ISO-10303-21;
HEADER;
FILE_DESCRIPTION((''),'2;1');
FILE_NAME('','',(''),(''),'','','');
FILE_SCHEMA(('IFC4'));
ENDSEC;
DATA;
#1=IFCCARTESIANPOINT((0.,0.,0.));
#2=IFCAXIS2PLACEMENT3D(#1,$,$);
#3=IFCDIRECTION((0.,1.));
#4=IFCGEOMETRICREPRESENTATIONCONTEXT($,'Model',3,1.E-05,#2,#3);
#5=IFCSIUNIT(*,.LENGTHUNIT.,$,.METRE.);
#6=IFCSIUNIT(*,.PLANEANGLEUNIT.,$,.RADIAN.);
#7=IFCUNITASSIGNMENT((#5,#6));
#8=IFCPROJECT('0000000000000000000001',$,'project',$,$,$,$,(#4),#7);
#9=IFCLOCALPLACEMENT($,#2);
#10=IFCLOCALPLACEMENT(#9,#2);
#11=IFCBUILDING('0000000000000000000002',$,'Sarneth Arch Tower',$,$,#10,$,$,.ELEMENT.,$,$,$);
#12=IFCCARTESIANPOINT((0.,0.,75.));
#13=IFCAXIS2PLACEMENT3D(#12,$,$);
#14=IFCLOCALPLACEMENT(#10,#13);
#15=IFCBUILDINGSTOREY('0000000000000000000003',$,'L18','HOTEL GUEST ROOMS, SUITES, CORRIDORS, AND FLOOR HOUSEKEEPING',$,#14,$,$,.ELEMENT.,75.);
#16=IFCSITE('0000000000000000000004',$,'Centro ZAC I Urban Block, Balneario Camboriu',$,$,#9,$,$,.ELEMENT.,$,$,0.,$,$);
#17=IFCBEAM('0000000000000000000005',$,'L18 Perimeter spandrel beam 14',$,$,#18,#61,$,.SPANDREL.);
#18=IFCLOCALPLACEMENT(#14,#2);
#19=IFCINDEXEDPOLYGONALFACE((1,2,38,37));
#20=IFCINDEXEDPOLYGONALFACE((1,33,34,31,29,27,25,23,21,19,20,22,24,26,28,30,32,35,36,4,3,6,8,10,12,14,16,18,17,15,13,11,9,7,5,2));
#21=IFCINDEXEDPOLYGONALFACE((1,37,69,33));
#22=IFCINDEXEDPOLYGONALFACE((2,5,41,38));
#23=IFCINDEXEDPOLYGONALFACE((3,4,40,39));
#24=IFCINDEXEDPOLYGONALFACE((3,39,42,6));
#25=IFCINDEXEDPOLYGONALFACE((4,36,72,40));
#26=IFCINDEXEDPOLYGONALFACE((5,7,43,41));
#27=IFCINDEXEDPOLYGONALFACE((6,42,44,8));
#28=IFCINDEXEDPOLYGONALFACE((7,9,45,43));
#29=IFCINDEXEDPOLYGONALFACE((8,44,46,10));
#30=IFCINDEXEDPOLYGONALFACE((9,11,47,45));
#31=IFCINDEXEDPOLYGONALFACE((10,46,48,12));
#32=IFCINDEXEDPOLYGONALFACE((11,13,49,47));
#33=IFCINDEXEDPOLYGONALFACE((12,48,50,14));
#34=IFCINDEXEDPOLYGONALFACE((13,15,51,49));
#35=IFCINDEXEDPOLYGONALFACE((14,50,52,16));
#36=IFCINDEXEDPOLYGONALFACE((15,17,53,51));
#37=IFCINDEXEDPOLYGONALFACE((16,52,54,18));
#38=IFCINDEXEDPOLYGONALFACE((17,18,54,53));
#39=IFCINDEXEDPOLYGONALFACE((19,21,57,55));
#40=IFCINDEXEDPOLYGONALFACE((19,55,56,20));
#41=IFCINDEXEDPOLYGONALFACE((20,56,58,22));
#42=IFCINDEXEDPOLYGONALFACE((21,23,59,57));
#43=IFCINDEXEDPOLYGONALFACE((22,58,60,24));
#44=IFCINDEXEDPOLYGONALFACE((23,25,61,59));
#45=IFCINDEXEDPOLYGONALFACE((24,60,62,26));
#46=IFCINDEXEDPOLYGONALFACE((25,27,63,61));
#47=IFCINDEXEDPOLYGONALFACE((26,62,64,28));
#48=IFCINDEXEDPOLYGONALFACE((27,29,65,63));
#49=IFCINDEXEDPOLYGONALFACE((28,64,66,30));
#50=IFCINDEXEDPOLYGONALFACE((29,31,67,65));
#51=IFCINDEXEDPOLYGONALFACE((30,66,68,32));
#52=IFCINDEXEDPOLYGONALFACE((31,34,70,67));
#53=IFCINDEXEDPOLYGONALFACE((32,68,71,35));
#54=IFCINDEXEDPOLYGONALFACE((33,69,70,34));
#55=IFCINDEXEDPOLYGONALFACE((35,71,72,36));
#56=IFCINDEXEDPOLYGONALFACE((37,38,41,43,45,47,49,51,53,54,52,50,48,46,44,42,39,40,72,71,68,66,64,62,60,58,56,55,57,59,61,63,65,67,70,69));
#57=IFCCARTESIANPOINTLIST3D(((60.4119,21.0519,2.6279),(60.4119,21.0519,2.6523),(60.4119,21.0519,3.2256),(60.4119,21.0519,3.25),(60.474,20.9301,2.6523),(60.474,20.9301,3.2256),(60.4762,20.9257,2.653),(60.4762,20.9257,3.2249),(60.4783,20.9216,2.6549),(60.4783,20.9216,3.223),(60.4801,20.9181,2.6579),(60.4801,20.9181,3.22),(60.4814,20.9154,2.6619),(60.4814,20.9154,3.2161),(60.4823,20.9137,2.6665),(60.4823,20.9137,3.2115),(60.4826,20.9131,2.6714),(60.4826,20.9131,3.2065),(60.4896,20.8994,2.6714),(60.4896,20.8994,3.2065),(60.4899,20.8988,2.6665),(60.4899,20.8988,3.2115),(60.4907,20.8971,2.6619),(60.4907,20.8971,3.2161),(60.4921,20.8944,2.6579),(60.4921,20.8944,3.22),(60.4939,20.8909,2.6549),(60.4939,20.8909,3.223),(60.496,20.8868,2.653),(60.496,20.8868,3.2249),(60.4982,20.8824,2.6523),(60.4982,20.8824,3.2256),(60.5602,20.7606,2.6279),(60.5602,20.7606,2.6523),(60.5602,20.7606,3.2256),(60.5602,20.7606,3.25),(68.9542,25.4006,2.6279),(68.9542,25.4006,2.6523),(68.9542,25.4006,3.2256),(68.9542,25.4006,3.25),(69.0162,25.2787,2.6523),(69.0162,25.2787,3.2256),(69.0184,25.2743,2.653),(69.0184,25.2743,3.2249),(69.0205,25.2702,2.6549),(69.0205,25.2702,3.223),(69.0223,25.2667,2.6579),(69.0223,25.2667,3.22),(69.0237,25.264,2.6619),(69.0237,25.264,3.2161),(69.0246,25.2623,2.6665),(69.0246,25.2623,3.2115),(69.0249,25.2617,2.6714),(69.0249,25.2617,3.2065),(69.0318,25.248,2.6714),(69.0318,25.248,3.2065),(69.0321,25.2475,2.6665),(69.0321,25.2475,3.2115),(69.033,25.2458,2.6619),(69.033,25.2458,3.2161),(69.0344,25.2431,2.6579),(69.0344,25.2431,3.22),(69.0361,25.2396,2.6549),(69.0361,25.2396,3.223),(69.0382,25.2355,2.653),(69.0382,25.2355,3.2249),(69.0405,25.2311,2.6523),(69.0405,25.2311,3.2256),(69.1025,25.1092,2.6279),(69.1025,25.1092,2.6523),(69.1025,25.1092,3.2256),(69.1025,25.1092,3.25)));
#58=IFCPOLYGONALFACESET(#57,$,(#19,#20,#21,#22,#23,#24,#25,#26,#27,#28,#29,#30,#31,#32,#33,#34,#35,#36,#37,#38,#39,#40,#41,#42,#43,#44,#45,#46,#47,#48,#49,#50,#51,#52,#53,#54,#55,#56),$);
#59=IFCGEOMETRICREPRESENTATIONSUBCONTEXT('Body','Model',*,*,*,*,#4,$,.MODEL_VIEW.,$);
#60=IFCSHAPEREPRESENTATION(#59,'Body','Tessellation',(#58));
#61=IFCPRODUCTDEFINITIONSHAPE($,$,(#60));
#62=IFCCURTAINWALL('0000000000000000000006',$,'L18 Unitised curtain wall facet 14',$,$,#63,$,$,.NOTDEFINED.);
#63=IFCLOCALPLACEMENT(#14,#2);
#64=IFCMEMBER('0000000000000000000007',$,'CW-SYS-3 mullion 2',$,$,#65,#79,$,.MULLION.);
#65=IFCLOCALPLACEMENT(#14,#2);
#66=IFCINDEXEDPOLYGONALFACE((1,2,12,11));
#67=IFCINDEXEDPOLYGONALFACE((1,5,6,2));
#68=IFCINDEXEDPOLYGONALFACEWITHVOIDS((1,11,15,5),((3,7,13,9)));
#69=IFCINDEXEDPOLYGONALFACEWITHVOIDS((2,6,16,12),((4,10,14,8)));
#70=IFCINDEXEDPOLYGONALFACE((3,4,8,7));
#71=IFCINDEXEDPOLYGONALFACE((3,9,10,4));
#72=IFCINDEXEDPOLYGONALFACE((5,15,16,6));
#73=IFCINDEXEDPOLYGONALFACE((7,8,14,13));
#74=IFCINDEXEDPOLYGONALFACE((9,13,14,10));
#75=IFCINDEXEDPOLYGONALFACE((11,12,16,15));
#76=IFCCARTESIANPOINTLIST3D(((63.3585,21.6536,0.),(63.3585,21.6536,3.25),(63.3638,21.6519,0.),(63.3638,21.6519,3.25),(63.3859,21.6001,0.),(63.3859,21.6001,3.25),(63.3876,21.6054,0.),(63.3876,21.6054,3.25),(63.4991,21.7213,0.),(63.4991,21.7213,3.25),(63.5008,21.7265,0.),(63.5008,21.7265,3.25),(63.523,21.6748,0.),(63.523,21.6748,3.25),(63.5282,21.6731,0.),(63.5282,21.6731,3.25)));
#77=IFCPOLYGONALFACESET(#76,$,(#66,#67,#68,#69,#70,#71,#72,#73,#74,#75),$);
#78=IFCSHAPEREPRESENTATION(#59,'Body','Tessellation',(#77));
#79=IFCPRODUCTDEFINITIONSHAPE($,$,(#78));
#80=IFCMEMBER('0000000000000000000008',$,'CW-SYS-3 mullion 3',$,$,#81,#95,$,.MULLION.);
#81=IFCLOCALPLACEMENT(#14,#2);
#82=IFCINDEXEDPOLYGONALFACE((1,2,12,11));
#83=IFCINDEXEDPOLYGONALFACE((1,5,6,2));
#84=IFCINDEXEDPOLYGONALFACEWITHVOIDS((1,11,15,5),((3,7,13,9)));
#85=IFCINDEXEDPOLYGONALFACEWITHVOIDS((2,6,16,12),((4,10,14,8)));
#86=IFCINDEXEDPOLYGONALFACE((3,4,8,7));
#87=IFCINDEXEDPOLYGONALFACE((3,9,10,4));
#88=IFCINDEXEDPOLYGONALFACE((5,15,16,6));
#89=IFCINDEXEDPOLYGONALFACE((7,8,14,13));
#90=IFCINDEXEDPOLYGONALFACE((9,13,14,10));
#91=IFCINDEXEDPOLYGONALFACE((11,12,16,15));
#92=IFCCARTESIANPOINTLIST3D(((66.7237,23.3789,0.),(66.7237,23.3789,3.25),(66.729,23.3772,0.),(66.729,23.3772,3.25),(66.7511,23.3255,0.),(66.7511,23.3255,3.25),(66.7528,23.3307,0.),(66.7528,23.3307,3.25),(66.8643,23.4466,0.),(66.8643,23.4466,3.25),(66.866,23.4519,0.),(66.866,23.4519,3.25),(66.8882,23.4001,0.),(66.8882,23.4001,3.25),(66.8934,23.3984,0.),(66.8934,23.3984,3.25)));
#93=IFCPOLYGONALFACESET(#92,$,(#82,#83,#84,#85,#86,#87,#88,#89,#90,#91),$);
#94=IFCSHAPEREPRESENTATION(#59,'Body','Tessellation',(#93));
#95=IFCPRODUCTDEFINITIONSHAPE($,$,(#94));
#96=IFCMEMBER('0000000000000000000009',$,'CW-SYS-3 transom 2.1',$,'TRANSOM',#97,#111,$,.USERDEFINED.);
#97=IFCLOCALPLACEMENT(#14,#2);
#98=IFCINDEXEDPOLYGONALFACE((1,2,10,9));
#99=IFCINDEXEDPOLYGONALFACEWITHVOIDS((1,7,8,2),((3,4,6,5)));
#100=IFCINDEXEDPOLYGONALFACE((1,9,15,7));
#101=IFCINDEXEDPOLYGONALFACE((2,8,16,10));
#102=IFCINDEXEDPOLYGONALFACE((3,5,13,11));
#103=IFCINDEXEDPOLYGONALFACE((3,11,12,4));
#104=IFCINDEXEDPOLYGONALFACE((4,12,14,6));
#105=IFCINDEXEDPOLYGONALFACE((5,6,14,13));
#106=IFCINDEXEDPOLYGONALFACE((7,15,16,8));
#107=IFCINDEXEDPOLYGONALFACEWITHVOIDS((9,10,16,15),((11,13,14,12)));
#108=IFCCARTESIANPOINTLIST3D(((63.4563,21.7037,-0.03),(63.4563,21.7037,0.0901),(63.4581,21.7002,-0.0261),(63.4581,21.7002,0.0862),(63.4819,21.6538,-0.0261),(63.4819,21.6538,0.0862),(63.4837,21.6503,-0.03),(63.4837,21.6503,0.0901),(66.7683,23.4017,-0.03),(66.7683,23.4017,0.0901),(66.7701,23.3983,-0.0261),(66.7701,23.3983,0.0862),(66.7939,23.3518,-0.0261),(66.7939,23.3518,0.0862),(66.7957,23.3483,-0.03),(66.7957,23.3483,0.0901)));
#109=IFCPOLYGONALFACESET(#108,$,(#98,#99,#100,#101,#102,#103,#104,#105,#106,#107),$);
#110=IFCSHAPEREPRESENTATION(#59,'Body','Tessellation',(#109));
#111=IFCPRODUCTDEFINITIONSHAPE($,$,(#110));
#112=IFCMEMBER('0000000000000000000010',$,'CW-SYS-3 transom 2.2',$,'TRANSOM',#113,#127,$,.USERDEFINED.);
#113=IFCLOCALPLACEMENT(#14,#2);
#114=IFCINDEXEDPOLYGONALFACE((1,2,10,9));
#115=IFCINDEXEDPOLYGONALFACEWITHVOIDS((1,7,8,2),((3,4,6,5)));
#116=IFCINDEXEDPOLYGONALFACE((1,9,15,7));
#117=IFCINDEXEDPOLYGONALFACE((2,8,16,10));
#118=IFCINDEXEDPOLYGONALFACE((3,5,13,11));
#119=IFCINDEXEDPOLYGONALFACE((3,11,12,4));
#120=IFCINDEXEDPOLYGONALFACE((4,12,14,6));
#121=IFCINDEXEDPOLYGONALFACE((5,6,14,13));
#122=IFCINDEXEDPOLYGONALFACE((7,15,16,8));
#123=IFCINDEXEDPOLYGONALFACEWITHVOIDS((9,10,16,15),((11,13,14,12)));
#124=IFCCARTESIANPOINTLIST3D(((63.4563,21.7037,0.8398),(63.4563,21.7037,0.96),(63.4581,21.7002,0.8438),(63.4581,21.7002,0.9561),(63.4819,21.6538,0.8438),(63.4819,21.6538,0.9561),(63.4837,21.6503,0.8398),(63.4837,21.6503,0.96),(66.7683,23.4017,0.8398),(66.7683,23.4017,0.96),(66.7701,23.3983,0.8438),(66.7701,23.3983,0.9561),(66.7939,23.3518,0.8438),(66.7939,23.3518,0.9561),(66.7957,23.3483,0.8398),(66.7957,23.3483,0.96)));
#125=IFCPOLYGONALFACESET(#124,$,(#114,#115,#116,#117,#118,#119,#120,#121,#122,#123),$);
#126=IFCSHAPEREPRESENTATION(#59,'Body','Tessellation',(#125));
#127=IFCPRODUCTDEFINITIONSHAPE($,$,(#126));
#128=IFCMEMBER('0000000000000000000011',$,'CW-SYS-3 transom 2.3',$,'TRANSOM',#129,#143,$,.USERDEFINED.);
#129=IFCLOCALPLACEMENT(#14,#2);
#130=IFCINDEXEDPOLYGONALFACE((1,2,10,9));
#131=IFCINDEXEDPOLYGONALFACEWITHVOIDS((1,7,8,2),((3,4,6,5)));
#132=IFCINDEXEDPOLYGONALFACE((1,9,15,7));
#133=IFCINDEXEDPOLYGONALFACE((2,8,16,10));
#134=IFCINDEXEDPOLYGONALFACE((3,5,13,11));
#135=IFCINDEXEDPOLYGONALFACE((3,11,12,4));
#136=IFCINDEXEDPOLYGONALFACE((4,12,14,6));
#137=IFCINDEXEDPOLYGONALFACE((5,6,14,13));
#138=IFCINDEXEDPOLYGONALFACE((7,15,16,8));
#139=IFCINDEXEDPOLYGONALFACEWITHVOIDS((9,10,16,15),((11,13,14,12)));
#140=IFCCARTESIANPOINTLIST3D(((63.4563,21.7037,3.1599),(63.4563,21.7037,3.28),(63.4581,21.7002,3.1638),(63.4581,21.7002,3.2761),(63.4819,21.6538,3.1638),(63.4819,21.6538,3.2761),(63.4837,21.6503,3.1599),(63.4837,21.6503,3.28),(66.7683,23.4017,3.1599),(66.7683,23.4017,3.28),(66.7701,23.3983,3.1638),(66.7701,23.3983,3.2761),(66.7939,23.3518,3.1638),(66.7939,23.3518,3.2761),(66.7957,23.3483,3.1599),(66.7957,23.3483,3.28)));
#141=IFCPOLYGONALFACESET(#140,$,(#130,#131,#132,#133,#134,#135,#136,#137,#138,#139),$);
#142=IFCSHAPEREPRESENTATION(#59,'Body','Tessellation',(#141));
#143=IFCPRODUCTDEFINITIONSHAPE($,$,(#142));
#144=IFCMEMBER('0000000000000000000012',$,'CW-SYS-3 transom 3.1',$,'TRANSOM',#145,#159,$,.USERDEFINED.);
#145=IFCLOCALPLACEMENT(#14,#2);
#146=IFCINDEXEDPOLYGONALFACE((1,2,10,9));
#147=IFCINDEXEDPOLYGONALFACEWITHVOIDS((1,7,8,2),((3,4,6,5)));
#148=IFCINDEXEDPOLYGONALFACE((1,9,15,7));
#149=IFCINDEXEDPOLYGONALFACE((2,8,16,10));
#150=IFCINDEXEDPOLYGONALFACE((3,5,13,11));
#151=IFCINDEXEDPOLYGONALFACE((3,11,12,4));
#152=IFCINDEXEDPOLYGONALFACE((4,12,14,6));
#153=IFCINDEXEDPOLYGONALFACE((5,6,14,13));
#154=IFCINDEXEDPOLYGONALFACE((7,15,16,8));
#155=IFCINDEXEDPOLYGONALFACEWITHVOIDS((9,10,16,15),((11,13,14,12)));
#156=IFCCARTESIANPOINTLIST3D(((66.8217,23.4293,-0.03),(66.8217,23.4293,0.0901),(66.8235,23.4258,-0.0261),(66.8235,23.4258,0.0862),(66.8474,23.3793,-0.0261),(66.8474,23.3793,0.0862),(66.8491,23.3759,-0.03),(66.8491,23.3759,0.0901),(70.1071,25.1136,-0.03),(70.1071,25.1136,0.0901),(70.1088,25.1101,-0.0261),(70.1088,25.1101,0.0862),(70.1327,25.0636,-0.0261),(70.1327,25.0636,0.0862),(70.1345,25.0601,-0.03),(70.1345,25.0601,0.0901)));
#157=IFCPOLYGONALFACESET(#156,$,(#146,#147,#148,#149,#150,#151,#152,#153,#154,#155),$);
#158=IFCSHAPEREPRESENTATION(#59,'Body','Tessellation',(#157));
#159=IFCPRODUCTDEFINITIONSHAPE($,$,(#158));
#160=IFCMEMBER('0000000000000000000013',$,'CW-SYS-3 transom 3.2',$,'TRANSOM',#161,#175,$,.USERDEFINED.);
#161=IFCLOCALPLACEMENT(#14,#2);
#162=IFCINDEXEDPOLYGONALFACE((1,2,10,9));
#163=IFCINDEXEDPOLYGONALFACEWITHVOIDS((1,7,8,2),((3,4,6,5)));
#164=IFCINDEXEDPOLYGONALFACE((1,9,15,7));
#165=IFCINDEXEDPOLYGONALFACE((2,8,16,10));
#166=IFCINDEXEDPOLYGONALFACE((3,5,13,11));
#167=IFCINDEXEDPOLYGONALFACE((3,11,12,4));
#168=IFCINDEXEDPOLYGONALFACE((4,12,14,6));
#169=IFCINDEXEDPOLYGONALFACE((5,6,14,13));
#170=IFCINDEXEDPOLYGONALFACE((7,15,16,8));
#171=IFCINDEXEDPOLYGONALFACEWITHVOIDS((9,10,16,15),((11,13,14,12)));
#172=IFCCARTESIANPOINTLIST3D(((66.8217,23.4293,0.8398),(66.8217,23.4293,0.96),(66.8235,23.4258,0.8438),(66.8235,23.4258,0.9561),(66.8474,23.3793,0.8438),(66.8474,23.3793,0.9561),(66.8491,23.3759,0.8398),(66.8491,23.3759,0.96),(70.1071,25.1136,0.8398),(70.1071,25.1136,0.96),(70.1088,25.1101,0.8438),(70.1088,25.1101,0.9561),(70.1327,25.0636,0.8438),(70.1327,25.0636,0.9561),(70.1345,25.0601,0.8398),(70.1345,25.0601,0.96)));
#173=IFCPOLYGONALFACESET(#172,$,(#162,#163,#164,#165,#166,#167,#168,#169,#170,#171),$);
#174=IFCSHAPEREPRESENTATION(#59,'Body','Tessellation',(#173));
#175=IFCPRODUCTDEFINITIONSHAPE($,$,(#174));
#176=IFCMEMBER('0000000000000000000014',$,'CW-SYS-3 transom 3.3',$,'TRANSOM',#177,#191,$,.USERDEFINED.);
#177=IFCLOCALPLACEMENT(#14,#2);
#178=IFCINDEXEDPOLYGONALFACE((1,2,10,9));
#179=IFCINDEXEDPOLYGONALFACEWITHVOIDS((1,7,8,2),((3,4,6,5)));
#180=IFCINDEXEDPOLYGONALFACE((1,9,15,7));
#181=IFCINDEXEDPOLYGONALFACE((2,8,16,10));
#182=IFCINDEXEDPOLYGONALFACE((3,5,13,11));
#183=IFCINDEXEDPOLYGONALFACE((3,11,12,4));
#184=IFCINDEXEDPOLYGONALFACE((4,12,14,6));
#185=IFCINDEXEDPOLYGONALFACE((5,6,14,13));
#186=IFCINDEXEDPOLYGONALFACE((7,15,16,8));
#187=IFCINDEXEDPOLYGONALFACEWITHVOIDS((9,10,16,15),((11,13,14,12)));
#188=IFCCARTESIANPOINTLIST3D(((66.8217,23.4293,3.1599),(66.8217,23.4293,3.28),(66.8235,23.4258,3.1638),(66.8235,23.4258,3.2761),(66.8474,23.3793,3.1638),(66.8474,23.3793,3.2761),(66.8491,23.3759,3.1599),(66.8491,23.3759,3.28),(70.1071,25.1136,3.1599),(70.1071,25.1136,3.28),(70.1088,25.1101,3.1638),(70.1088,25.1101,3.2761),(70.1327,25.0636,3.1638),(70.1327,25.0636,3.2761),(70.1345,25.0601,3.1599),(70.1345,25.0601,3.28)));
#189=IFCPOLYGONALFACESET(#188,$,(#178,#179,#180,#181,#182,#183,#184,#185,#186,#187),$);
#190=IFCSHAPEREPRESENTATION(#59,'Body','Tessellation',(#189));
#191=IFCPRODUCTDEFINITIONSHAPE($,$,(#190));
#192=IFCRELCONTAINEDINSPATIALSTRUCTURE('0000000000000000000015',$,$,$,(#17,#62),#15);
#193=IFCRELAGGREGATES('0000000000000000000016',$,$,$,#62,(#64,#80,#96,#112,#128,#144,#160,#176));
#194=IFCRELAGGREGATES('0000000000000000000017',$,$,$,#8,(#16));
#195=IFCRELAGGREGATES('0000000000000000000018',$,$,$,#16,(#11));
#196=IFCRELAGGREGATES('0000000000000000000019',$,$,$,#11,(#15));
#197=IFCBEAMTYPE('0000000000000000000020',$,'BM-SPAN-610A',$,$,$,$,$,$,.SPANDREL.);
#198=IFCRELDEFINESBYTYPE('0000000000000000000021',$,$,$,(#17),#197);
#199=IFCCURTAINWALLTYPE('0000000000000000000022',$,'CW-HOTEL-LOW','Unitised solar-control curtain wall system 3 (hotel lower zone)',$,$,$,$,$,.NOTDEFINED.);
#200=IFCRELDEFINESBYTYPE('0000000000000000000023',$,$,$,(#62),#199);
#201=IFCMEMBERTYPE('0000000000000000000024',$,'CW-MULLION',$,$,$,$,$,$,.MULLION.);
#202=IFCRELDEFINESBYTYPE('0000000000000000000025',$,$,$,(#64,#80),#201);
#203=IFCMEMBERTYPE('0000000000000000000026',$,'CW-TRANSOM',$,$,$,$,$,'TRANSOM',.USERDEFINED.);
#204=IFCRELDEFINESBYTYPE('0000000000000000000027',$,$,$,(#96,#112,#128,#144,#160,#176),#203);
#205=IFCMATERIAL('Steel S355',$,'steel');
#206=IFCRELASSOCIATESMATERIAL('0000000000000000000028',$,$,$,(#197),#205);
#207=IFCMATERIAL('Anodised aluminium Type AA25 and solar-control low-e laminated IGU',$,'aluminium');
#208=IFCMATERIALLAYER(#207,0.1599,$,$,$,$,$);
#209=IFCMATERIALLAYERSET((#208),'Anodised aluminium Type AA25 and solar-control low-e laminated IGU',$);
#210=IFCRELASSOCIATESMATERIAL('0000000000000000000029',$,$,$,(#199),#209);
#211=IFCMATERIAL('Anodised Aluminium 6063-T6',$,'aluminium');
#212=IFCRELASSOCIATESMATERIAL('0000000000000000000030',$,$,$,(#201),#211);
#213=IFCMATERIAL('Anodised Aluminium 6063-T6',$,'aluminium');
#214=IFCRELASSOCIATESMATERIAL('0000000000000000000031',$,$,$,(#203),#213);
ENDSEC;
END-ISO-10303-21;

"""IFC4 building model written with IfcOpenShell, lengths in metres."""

from ifc_helpers import new_model, si_unit, direction, frame, origin, origin_2d, place, context, subcontext, project, spatial, hollow_rectangle, i_section, extrude, material, layer, layer_set, material_profile, profile_set, type_object, element, aggregate, save


model = new_model("IFC4")

# Units and contexts
model_context = context("Model", 3, precision=1e-05, world=origin(), true_north=direction((0.0, 1.0)))
body_context = subcontext(model_context, "Body", "Model", "MODEL_VIEW")
ifc_project = project(units=[si_unit("LENGTHUNIT", "METRE"), si_unit("PLANEANGLEUNIT", "RADIAN")], contexts=[model_context])

# Site, building, storey
site_placement = place(None, origin())
site = spatial("IfcSite", under=ifc_project, at=site_placement, Name="Centro ZAC I Urban Block, Balneario Camboriu", CompositionType="ELEMENT", RefElevation=0.0)
building_placement = place(site_placement, origin())
building = spatial("IfcBuilding", under=site, at=building_placement, Name="Sarneth Arch Tower", CompositionType="ELEMENT")
storey_placement = place(building_placement, frame((0.0, 0.0, 75.0)))
storey = spatial("IfcBuildingStorey", under=building, at=storey_placement, Name="L18", Description="HOTEL GUEST ROOMS, SUITES, CORRIDORS, AND FLOOR HOUSEKEEPING", CompositionType="ELEMENT", Elevation=75.0)

# Beam
ifc_material_1 = material(Name="Steel S355", Category="steel")
ifc_material_profile_1 = material_profile(ifc_material_1, i_section(OverallWidth=0.3269, OverallDepth=0.6221, WebThickness=0.0154, FlangeThickness=0.0244, FilletRadius=0.019, at=origin_2d()), Name="W610x195")
ifc_profile_set_1 = profile_set([ifc_material_profile_1], Name="Steel S355")
beam_type = type_object("IfcBeamType", Name="BM-SPAN-610A", PredefinedType="SPANDREL", material=ifc_profile_set_1)
beam_placement = place(storey_placement, frame((60.4861, 20.9062, 2.939), z_axis=(0.891169, 0.453671, 0.0), x_axis=(-0.453671, 0.891169, 0.0)))
element("IfcBeam", 1, at=beam_placement, inside=storey, type_object=beam_type, Name="L18 Perimeter spandrel beam 14", PredefinedType="SPANDREL", context=body_context, shape_type="SweptSolid", body=[
    extrude(i_section(OverallWidth=0.3269, OverallDepth=0.6221, WebThickness=0.0154, FlangeThickness=0.0244, FilletRadius=0.019, at=origin_2d()), origin(), (0.0, 0.0, 1.0), 9.5854),
])

# Curtain wall, members
ifc_material_2 = material(Name="Anodised aluminium Type AA25 and solar-control low-e laminated IGU", Category="aluminium")
ifc_layer_1 = layer(ifc_material_2, 0.1599)
ifc_layer_set_1 = layer_set([ifc_layer_1], Name="Anodised aluminium Type AA25 and solar-control low-e laminated IGU")
curtain_wall_type = type_object("IfcCurtainWallType", Name="CW-HOTEL-LOW", Description="Unitised solar-control curtain wall system 3 (hotel lower zone)", PredefinedType="NOTDEFINED", material=ifc_layer_set_1)
curtain_wall_placement = place(storey_placement, origin())
curtain_wall = element("IfcCurtainWall", 2, at=curtain_wall_placement, inside=storey, type_object=curtain_wall_type, Name="L18 Unitised curtain wall facet 14", PredefinedType="NOTDEFINED")
ifc_material_3 = material(Name="Anodised Aluminium 6063-T6", Category="aluminium")
ifc_material_profile_2 = material_profile(ifc_material_3, hollow_rectangle(XDim=0.0601, YDim=0.1599, WallThickness=0.0039, at=origin_2d()), Name="AL-MULL-160x60x4")
ifc_profile_set_2 = profile_set([ifc_material_profile_2], Name="Anodised Aluminium 6063-T6")
member_type_1 = type_object("IfcMemberType", Name="CW-MULLION", PredefinedType="MULLION", material=ifc_profile_set_2)
member_1_placement = place(storey_placement, frame((63.4434, 21.6633, 0.0), z_axis=(0.0, 0.0, 1.0), x_axis=(-0.456245, 0.889854, 0.0)))
member_1 = element("IfcMember", 3, at=member_1_placement, type_object=member_type_1, Name="CW-SYS-3 mullion 2", PredefinedType="MULLION", context=body_context, shape_type="SweptSolid", body=[
    extrude(hollow_rectangle(XDim=0.0601, YDim=0.1599, WallThickness=0.0039, at=origin_2d()), origin(), (0.0, 0.0, 1.0), 3.25),
])
member_2_placement = place(storey_placement, frame((66.8086, 23.3887, 0.0), z_axis=(0.0, 0.0, 1.0), x_axis=(-0.456245, 0.889854, 0.0)))
member_2 = element("IfcMember", 4, at=member_2_placement, type_object=member_type_1, Name="CW-SYS-3 mullion 3", PredefinedType="MULLION", context=body_context, shape_type="SweptSolid", body=[
    extrude(hollow_rectangle(XDim=0.0601, YDim=0.1599, WallThickness=0.0039, at=origin_2d()), origin(), (0.0, 0.0, 1.0), 3.25),
])
ifc_material_4 = material(Name="Anodised Aluminium 6063-T6", Category="aluminium")
ifc_material_profile_3 = material_profile(ifc_material_4, hollow_rectangle(XDim=0.0601, YDim=0.1201, WallThickness=0.0039, at=origin_2d()), Name="AL-TRAN-120x60x4")
ifc_profile_set_3 = profile_set([ifc_material_profile_3], Name="Anodised Aluminium 6063-T6")
member_type_2 = type_object("IfcMemberType", Name="CW-TRANSOM", ElementType="TRANSOM", PredefinedType="USERDEFINED", material=ifc_profile_set_3)
member_3_placement = place(storey_placement, frame((63.47, 21.677, 0.03), z_axis=(0.889869, 0.456217, 0.0), x_axis=(-0.456217, 0.889869, 0.0)))
member_3 = element("IfcMember", 5, at=member_3_placement, type_object=member_type_2, Name="CW-SYS-3 transom 2.1", ObjectType="TRANSOM", PredefinedType="USERDEFINED", context=body_context, shape_type="SweptSolid", body=[
    extrude(hollow_rectangle(XDim=0.0601, YDim=0.1201, WallThickness=0.0039, at=origin_2d()), origin(), (0.0, 0.0, 1.0), 3.7219),
])
member_4_placement = place(storey_placement, frame((63.47, 21.677, 0.8999), z_axis=(0.889869, 0.456217, 0.0), x_axis=(-0.456217, 0.889869, 0.0)))
member_4 = element("IfcMember", 6, at=member_4_placement, type_object=member_type_2, Name="CW-SYS-3 transom 2.2", ObjectType="TRANSOM", PredefinedType="USERDEFINED", context=body_context, shape_type="SweptSolid", body=[
    extrude(hollow_rectangle(XDim=0.0601, YDim=0.1201, WallThickness=0.0039, at=origin_2d()), origin(), (0.0, 0.0, 1.0), 3.7219),
])
member_5_placement = place(storey_placement, frame((63.47, 21.677, 3.22), z_axis=(0.889869, 0.456217, 0.0), x_axis=(-0.456217, 0.889869, 0.0)))
member_5 = element("IfcMember", 7, at=member_5_placement, type_object=member_type_2, Name="CW-SYS-3 transom 2.3", ObjectType="TRANSOM", PredefinedType="USERDEFINED", context=body_context, shape_type="SweptSolid", body=[
    extrude(hollow_rectangle(XDim=0.0601, YDim=0.1201, WallThickness=0.0039, at=origin_2d()), origin(), (0.0, 0.0, 1.0), 3.7219),
])
member_6_placement = place(storey_placement, frame((66.8354, 23.4026, 0.03), z_axis=(0.889872, 0.456211, 0.0), x_axis=(-0.456211, 0.889872, 0.0)))
member_6 = element("IfcMember", 8, at=member_6_placement, type_object=member_type_2, Name="CW-SYS-3 transom 3.1", ObjectType="TRANSOM", PredefinedType="USERDEFINED", context=body_context, shape_type="SweptSolid", body=[
    extrude(hollow_rectangle(XDim=0.0601, YDim=0.1201, WallThickness=0.0039, at=origin_2d()), origin(), (0.0, 0.0, 1.0), 3.6919),
])
member_7_placement = place(storey_placement, frame((66.8354, 23.4026, 0.8999), z_axis=(0.889872, 0.456211, 0.0), x_axis=(-0.456211, 0.889872, 0.0)))
member_7 = element("IfcMember", 9, at=member_7_placement, type_object=member_type_2, Name="CW-SYS-3 transom 3.2", ObjectType="TRANSOM", PredefinedType="USERDEFINED", context=body_context, shape_type="SweptSolid", body=[
    extrude(hollow_rectangle(XDim=0.0601, YDim=0.1201, WallThickness=0.0039, at=origin_2d()), origin(), (0.0, 0.0, 1.0), 3.6919),
])
member_8_placement = place(storey_placement, frame((66.8354, 23.4026, 3.22), z_axis=(0.889872, 0.456211, 0.0), x_axis=(-0.456211, 0.889872, 0.0)))
member_8 = element("IfcMember", 10, at=member_8_placement, type_object=member_type_2, Name="CW-SYS-3 transom 3.3", ObjectType="TRANSOM", PredefinedType="USERDEFINED", context=body_context, shape_type="SweptSolid", body=[
    extrude(hollow_rectangle(XDim=0.0601, YDim=0.1201, WallThickness=0.0039, at=origin_2d()), origin(), (0.0, 0.0, 1.0), 3.6919),
])
aggregate(curtain_wall, [member_1, member_2, member_3, member_4, member_5, member_6, member_7, member_8])

save(model, "model.ifc")
